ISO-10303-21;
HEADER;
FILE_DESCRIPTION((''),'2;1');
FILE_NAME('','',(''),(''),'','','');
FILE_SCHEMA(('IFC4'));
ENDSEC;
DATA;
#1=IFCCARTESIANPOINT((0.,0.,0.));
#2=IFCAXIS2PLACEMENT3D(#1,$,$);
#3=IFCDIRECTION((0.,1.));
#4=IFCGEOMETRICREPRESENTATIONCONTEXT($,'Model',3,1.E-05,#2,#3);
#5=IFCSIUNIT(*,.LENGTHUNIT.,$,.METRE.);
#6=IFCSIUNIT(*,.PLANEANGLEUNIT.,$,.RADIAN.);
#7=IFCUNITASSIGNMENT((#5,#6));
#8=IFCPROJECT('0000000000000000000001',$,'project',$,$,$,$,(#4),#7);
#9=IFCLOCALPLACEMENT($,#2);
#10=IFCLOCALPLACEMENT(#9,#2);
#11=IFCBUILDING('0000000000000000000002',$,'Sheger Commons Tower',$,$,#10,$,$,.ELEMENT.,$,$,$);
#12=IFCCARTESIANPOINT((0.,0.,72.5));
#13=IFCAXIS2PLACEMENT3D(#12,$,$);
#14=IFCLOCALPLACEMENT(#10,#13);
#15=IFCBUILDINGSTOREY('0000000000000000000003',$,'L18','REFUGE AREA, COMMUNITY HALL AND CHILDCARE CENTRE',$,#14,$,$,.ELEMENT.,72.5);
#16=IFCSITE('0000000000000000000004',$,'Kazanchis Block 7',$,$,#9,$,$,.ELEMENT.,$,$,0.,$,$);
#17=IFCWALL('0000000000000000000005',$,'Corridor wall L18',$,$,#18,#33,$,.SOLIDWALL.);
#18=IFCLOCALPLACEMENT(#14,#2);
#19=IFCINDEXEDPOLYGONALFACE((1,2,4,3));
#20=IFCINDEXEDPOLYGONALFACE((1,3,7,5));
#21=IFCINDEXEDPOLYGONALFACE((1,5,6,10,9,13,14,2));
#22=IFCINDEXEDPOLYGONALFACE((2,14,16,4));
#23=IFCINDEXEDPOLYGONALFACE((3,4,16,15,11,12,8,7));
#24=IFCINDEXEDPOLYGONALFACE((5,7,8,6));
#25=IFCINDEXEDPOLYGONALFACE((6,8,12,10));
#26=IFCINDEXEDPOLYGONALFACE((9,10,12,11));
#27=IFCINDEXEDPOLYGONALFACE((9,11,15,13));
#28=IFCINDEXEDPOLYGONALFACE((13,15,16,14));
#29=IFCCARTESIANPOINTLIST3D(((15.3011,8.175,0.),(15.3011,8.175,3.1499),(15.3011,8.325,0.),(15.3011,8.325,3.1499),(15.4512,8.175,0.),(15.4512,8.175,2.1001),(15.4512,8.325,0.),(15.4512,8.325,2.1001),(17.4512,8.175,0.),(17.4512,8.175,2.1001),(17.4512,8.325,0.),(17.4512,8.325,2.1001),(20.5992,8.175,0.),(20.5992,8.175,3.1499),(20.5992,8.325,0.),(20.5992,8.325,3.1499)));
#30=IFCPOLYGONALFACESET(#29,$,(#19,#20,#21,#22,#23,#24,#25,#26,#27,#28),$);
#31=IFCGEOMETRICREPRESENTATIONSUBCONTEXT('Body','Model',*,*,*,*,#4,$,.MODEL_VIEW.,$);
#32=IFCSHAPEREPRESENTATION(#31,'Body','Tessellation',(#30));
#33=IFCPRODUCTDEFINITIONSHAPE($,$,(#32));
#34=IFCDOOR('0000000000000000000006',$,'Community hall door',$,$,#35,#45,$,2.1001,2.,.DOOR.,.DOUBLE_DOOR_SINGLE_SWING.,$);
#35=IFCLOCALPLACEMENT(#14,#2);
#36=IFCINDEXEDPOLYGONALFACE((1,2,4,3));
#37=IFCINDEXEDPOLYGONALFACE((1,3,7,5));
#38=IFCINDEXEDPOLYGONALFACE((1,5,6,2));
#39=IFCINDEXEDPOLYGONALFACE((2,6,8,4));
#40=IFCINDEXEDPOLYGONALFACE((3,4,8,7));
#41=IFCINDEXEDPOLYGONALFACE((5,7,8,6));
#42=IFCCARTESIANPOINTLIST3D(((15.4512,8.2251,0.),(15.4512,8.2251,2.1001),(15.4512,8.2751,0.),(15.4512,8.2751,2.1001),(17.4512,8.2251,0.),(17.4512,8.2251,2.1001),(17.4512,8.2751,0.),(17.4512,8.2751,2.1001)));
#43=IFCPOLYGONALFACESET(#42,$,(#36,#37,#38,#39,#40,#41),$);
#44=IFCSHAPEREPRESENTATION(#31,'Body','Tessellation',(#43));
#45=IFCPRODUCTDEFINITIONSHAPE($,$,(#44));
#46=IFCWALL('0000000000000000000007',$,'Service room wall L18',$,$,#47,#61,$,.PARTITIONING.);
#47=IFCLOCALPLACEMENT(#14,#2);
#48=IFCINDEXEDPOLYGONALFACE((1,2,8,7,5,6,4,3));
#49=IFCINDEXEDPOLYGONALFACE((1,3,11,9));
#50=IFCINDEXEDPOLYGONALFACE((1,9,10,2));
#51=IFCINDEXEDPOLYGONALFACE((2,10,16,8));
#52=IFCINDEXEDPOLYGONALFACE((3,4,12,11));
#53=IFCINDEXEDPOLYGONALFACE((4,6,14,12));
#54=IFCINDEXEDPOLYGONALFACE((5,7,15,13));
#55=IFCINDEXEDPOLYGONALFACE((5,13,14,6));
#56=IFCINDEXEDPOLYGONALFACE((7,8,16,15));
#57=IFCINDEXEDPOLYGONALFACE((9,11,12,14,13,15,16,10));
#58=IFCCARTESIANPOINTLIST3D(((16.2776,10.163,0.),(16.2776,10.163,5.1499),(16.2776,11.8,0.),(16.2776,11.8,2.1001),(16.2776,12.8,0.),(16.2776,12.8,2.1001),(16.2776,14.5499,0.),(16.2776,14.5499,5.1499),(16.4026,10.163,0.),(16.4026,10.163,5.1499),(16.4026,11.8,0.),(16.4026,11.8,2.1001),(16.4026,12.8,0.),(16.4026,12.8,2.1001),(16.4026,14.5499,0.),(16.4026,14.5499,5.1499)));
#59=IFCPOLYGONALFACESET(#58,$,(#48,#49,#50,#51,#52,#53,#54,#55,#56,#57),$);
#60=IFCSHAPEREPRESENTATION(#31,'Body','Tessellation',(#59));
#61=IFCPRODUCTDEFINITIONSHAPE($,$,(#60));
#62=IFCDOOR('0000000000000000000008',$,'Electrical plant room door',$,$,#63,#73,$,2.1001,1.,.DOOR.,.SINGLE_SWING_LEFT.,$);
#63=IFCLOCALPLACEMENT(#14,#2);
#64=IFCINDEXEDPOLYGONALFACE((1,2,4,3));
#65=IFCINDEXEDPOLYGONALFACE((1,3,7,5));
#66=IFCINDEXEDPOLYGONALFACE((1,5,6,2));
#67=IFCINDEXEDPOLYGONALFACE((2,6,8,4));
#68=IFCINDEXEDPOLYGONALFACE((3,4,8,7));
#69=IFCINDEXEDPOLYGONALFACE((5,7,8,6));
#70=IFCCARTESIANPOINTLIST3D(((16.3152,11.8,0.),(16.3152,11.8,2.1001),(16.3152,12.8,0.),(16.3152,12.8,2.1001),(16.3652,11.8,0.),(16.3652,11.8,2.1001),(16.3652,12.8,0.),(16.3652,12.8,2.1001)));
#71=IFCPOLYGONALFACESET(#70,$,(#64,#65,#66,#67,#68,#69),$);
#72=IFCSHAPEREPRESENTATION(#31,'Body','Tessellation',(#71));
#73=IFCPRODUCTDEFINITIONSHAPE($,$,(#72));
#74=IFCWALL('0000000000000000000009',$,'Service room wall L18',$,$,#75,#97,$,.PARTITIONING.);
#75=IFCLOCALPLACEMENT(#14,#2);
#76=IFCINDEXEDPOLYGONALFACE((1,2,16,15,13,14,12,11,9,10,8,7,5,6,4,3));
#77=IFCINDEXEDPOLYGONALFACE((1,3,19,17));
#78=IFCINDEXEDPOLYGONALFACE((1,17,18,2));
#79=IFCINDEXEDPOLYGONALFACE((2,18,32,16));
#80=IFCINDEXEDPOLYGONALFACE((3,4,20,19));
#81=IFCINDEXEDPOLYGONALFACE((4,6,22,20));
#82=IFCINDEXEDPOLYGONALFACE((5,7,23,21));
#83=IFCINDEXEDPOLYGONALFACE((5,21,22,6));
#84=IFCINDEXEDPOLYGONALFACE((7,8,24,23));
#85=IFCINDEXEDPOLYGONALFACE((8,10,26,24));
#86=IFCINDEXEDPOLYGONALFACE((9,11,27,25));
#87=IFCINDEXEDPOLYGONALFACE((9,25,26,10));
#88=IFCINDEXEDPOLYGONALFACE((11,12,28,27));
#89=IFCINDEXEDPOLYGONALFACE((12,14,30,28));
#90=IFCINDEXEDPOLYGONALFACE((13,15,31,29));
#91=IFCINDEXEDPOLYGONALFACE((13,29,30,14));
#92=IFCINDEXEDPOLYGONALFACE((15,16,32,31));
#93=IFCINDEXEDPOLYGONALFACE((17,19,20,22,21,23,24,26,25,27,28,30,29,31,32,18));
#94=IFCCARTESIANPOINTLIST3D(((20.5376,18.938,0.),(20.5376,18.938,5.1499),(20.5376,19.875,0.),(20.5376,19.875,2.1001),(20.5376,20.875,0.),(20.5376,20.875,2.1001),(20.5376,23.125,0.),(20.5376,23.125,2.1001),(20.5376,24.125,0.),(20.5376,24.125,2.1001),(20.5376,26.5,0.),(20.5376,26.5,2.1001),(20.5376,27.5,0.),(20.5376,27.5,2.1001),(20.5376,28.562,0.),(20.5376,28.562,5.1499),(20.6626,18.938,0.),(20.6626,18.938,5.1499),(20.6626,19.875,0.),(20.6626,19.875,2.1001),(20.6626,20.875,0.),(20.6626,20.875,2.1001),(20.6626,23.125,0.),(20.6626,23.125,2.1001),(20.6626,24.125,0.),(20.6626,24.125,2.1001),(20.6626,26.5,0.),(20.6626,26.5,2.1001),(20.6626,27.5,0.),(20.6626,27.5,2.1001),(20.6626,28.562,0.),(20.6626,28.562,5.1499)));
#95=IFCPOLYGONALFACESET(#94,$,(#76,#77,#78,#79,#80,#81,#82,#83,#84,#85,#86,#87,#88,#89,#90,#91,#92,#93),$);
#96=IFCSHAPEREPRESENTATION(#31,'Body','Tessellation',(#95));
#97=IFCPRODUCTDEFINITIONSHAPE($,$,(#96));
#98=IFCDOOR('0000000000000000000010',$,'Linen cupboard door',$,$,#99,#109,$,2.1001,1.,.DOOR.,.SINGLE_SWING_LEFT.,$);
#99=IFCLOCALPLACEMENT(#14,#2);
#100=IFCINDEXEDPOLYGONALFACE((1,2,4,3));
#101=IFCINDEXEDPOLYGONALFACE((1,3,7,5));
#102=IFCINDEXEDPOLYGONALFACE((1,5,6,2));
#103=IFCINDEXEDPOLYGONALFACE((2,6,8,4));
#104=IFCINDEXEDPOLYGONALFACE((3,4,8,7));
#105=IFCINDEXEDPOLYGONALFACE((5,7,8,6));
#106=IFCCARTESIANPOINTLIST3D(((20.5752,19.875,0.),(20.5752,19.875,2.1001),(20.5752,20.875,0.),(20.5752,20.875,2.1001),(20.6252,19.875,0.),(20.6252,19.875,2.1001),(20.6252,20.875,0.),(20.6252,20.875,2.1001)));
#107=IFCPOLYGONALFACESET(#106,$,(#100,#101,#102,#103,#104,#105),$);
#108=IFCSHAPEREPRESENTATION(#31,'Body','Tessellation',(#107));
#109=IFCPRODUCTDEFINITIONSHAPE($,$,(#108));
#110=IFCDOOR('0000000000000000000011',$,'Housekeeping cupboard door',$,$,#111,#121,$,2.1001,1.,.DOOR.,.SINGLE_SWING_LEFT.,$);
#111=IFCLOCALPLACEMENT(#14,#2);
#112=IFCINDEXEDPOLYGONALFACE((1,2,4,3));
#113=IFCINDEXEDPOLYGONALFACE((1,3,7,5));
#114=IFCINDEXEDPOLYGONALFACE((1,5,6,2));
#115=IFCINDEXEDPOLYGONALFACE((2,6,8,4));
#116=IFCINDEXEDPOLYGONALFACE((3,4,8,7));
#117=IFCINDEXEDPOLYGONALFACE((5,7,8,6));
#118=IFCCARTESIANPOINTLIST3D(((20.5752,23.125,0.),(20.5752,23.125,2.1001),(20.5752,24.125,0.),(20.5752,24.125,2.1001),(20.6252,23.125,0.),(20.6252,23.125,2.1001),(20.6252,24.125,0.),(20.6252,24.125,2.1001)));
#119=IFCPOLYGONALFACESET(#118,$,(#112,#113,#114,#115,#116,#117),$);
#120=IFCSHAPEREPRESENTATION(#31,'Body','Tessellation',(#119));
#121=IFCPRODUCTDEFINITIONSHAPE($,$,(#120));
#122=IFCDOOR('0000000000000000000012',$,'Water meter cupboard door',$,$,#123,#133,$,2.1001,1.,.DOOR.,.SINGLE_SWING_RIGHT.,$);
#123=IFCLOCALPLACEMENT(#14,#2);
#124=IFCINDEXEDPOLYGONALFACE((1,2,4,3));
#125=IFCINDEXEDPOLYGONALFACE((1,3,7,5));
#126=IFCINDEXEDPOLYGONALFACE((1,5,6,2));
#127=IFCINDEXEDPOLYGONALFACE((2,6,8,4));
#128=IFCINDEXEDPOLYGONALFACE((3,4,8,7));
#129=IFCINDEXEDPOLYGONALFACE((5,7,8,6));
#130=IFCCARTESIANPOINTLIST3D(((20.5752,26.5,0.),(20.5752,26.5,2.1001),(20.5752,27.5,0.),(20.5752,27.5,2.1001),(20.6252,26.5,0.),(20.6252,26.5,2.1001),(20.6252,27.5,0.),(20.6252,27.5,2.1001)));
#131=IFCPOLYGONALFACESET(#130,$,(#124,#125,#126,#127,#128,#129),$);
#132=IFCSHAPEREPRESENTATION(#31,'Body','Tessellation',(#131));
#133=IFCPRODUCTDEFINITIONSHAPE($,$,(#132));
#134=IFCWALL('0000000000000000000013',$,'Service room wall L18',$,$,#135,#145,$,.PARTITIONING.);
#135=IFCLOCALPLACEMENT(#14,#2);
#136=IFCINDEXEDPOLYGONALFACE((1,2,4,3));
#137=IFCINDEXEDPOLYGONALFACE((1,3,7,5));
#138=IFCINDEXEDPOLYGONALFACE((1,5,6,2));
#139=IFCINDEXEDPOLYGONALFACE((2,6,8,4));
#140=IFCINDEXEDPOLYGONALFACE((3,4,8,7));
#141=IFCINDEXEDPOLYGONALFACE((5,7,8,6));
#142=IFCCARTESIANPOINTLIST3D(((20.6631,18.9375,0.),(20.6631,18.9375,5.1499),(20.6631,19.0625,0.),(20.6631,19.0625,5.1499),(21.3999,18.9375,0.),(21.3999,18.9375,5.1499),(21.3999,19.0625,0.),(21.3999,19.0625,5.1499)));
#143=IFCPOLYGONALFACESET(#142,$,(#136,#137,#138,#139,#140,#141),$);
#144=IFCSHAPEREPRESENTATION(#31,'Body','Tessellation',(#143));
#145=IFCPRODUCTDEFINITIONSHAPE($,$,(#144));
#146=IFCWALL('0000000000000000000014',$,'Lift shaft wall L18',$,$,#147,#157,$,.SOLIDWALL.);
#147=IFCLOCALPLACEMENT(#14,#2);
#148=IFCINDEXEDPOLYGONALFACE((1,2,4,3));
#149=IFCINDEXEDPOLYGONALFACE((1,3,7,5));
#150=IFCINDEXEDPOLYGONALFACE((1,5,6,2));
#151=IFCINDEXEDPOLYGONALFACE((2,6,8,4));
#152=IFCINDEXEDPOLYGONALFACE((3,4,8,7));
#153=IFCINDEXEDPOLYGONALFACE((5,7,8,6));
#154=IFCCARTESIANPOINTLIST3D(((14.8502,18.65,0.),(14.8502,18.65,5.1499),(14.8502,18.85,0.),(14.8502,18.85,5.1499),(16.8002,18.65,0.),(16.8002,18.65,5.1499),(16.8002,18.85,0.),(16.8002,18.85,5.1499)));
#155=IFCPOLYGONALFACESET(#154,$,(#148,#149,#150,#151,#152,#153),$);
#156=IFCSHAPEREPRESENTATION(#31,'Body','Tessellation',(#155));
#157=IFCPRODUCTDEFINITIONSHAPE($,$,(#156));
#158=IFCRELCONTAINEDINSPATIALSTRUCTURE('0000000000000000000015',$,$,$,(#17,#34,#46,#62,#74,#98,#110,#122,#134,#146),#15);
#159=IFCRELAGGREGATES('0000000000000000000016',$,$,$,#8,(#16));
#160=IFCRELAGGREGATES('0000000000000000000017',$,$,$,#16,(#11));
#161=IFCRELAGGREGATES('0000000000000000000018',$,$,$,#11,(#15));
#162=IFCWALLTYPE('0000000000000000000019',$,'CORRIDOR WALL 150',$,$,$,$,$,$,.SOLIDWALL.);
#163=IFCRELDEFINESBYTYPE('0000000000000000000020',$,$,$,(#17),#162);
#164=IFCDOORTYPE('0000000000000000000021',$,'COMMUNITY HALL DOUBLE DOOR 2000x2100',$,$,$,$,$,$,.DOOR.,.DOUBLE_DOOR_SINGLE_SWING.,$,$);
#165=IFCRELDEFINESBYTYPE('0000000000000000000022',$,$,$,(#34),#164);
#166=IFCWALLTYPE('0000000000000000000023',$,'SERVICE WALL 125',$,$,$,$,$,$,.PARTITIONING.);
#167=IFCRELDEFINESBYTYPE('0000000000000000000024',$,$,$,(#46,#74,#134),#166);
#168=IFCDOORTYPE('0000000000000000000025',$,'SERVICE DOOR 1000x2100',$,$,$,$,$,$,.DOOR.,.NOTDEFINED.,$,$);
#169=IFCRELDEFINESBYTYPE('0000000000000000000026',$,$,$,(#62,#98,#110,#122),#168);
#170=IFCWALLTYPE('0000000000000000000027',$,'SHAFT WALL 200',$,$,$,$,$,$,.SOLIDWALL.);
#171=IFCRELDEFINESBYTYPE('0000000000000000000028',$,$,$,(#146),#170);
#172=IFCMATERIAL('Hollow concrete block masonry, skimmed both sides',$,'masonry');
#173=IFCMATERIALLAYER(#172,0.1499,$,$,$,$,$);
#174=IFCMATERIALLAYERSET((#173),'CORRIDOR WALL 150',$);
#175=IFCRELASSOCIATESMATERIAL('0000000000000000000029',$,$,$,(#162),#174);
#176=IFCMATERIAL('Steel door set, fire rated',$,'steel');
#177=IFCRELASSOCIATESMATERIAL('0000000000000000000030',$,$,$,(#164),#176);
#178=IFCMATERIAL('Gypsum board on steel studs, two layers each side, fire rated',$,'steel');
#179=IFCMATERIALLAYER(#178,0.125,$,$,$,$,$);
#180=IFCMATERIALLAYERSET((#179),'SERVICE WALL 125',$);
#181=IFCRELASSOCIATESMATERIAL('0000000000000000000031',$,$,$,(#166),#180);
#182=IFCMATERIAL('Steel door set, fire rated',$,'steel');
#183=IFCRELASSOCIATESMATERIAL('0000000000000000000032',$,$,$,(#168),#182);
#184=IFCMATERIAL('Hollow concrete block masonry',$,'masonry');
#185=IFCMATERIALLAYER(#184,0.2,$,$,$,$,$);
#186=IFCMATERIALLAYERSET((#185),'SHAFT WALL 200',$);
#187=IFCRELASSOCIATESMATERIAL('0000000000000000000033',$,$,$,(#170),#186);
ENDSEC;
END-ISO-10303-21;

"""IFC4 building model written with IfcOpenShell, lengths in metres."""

from ifc_helpers import new_model, si_unit, direction, frame, frame_2d, origin, place, context, subcontext, project, spatial, rectangle, extrude, material, layer, layer_set, type_object, element, fill, save


model = new_model("IFC4")

# Units and contexts
model_context = context("Model", 3, precision=1e-05, world=origin(), true_north=direction((0.0, 1.0)))
body_context = subcontext(model_context, "Body", "Model", "MODEL_VIEW")
ifc_project = project(units=[si_unit("LENGTHUNIT", "METRE"), si_unit("PLANEANGLEUNIT", "RADIAN")], contexts=[model_context])

# Site, building, storey
site_placement = place(None, origin())
site = spatial("IfcSite", under=ifc_project, at=site_placement, Name="Kazanchis Block 7", CompositionType="ELEMENT", RefElevation=0.0)
building_placement = place(site_placement, origin())
building = spatial("IfcBuilding", under=site, at=building_placement, Name="Sheger Commons Tower", CompositionType="ELEMENT")
storey_placement = place(building_placement, frame((0.0, 0.0, 72.5)))
storey = spatial("IfcBuildingStorey", under=building, at=storey_placement, Name="L18", Description="REFUGE AREA, COMMUNITY HALL AND CHILDCARE CENTRE", CompositionType="ELEMENT", Elevation=72.5)

# Walls, openings, doors
ifc_material_1 = material(Name="Hollow concrete block masonry, skimmed both sides", Category="masonry")
ifc_layer_1 = layer(ifc_material_1, 0.1499)
ifc_layer_set_1 = layer_set([ifc_layer_1], Name="CORRIDOR WALL 150")
wall_type_1 = type_object("IfcWallType", Name="CORRIDOR WALL 150", PredefinedType="SOLIDWALL", material=ifc_layer_set_1)
wall_1_placement = place(storey_placement, frame((20.5991, 8.25, 0.0), z_axis=(0.0, 0.0, 1.0), x_axis=(-1.0, 0.0, 0.0)))
wall_1 = element("IfcWall", 1, at=wall_1_placement, inside=storey, type_object=wall_type_1, Name="Corridor wall L18", PredefinedType="SOLIDWALL", context=body_context, shape_type="SweptSolid", body=[
    extrude(rectangle(XDim=5.2981, YDim=0.1499, at=frame_2d((2.6489, 0.0))), origin(), (0.0, 0.0, 1.0), 3.1499),
])
opening_1_placement = place(wall_1_placement, frame((3.1479, 0.0, 0.0)))
opening_1 = element("IfcOpeningElement", 2, at=opening_1_placement, cuts=wall_1, PredefinedType="OPENING", context=body_context, shape_type="SweptSolid", body=[
    extrude(rectangle(XDim=2.0, YDim=2.1001, at=frame_2d((1.0, 1.05))), frame((0.0, 0.085, 0.0), z_axis=(0.0, -1.0, 0.0), x_axis=(1.0, 0.0, 0.0)), (0.0, 0.0, 1.0), 0.1699),
])
ifc_material_2 = material(Name="Steel door set, fire rated", Category="steel")
door_type_1 = type_object("IfcDoorType", Name="COMMUNITY HALL DOUBLE DOOR 2000x2100", OperationType="DOUBLE_DOOR_SINGLE_SWING", PredefinedType="DOOR", material=ifc_material_2)
door_1_placement = place(opening_1_placement, origin())
door_1 = element("IfcDoor", 3, at=door_1_placement, inside=storey, type_object=door_type_1, Name="Community hall door", OperationType="DOUBLE_DOOR_SINGLE_SWING", OverallHeight=2.1001, OverallWidth=2.0, PredefinedType="DOOR", context=body_context, shape_type="SweptSolid", body=[
    extrude(rectangle(XDim=2.0, YDim=2.1001, at=frame_2d((1.0, 1.05))), frame((0.0, 0.0249, 0.0), z_axis=(0.0, -1.0, 0.0), x_axis=(1.0, 0.0, 0.0)), (0.0, 0.0, 1.0), 0.05),
])
fill(opening_1, door_1)
ifc_material_3 = material(Name="Gypsum board on steel studs, two layers each side, fire rated", Category="steel")
ifc_layer_2 = layer(ifc_material_3, 0.125)
ifc_layer_set_2 = layer_set([ifc_layer_2], Name="SERVICE WALL 125")
wall_type_2 = type_object("IfcWallType", Name="SERVICE WALL 125", PredefinedType="PARTITIONING", material=ifc_layer_set_2)
wall_2_placement = place(storey_placement, frame((16.3401, 10.1631, 0.0), z_axis=(0.0, 0.0, 1.0), x_axis=(0.0, 1.0, 0.0)))
wall_2 = element("IfcWall", 4, at=wall_2_placement, inside=storey, type_object=wall_type_2, Name="Service room wall L18", PredefinedType="PARTITIONING", context=body_context, shape_type="SweptSolid", body=[
    extrude(rectangle(XDim=4.387, YDim=0.125, at=frame_2d((2.1934, 0.0))), origin(), (0.0, 0.0, 1.0), 5.1499),
])
opening_2_placement = place(wall_2_placement, frame((1.637, 0.0, 0.0)))
opening_2 = element("IfcOpeningElement", 5, at=opening_2_placement, cuts=wall_2, PredefinedType="OPENING", context=body_context, shape_type="SweptSolid", body=[
    extrude(rectangle(XDim=1.0, YDim=2.1001, at=frame_2d((0.5, 1.05))), frame((0.0, 0.0725, 0.0), z_axis=(0.0, -1.0, 0.0), x_axis=(1.0, 0.0, 0.0)), (0.0, 0.0, 1.0), 0.145),
])
ifc_material_4 = material(Name="Steel door set, fire rated", Category="steel")
door_type_2 = type_object("IfcDoorType", Name="SERVICE DOOR 1000x2100", OperationType="NOTDEFINED", PredefinedType="DOOR", material=ifc_material_4)
door_2_placement = place(opening_2_placement, origin())
door_2 = element("IfcDoor", 6, at=door_2_placement, inside=storey, type_object=door_type_2, Name="Electrical plant room door", OperationType="SINGLE_SWING_LEFT", OverallHeight=2.1001, OverallWidth=1.0, PredefinedType="DOOR", context=body_context, shape_type="SweptSolid", body=[
    extrude(rectangle(XDim=1.0, YDim=2.1001, at=frame_2d((0.5, 1.05))), frame((0.0, 0.0249, 0.0), z_axis=(0.0, -1.0, 0.0), x_axis=(1.0, 0.0, 0.0)), (0.0, 0.0, 1.0), 0.05),
])
fill(opening_2, door_2)

# Wall, openings, doors
wall_3_placement = place(storey_placement, frame((20.6001, 18.938, 0.0), z_axis=(0.0, 0.0, 1.0), x_axis=(0.0, 1.0, 0.0)))
wall_3 = element("IfcWall", 7, at=wall_3_placement, inside=storey, type_object=wall_type_2, Name="Service room wall L18", PredefinedType="PARTITIONING", context=body_context, shape_type="SweptSolid", body=[
    extrude(rectangle(XDim=9.624, YDim=0.125, at=frame_2d((4.812, 0.0))), origin(), (0.0, 0.0, 1.0), 5.1499),
])
opening_3_placement = place(wall_3_placement, frame((0.937, 0.0, 0.0)))
opening_3 = element("IfcOpeningElement", 8, at=opening_3_placement, cuts=wall_3, PredefinedType="OPENING", context=body_context, shape_type="SweptSolid", body=[
    extrude(rectangle(XDim=1.0, YDim=2.1001, at=frame_2d((0.5, 1.05))), frame((0.0, 0.0725, 0.0), z_axis=(0.0, -1.0, 0.0), x_axis=(1.0, 0.0, 0.0)), (0.0, 0.0, 1.0), 0.145),
])
opening_4_placement = place(wall_3_placement, frame((4.187, 0.0, 0.0)))
opening_4 = element("IfcOpeningElement", 9, at=opening_4_placement, cuts=wall_3, PredefinedType="OPENING", context=body_context, shape_type="SweptSolid", body=[
    extrude(rectangle(XDim=1.0, YDim=2.1001, at=frame_2d((0.5, 1.05))), frame((0.0, 0.0725, 0.0), z_axis=(0.0, -1.0, 0.0), x_axis=(1.0, 0.0, 0.0)), (0.0, 0.0, 1.0), 0.145),
])
opening_5_placement = place(wall_3_placement, frame((7.562, 0.0, 0.0)))
opening_5 = element("IfcOpeningElement", 10, at=opening_5_placement, cuts=wall_3, PredefinedType="OPENING", context=body_context, shape_type="SweptSolid", body=[
    extrude(rectangle(XDim=1.0, YDim=2.1001, at=frame_2d((0.5, 1.05))), frame((0.0, 0.0725, 0.0), z_axis=(0.0, -1.0, 0.0), x_axis=(1.0, 0.0, 0.0)), (0.0, 0.0, 1.0), 0.145),
])
door_3_placement = place(opening_3_placement, origin())
door_3 = element("IfcDoor", 11, at=door_3_placement, inside=storey, type_object=door_type_2, Name="Linen cupboard door", OperationType="SINGLE_SWING_LEFT", OverallHeight=2.1001, OverallWidth=1.0, PredefinedType="DOOR", context=body_context, shape_type="SweptSolid", body=[
    extrude(rectangle(XDim=1.0, YDim=2.1001, at=frame_2d((0.5, 1.05))), frame((0.0, 0.0249, 0.0), z_axis=(0.0, -1.0, 0.0), x_axis=(1.0, 0.0, 0.0)), (0.0, 0.0, 1.0), 0.05),
])
fill(opening_3, door_3)
door_4_placement = place(opening_4_placement, origin())
door_4 = element("IfcDoor", 12, at=door_4_placement, inside=storey, type_object=door_type_2, Name="Housekeeping cupboard door", OperationType="SINGLE_SWING_LEFT", OverallHeight=2.1001, OverallWidth=1.0, PredefinedType="DOOR", context=body_context, shape_type="SweptSolid", body=[
    extrude(rectangle(XDim=1.0, YDim=2.1001, at=frame_2d((0.5, 1.05))), frame((0.0, 0.0249, 0.0), z_axis=(0.0, -1.0, 0.0), x_axis=(1.0, 0.0, 0.0)), (0.0, 0.0, 1.0), 0.05),
])
fill(opening_4, door_4)
door_5_placement = place(opening_5_placement, origin())
door_5 = element("IfcDoor", 13, at=door_5_placement, inside=storey, type_object=door_type_2, Name="Water meter cupboard door", OperationType="SINGLE_SWING_RIGHT", OverallHeight=2.1001, OverallWidth=1.0, PredefinedType="DOOR", context=body_context, shape_type="SweptSolid", body=[
    extrude(rectangle(XDim=1.0, YDim=2.1001, at=frame_2d((0.5, 1.05))), frame((0.0, 0.0249, 0.0), z_axis=(0.0, -1.0, 0.0), x_axis=(1.0, 0.0, 0.0)), (0.0, 0.0, 1.0), 0.05),
])
fill(opening_5, door_5)

# Walls
wall_4_placement = place(storey_placement, frame((20.6631, 19.0, 0.0), z_axis=(0.0, 0.0, 1.0), x_axis=(1.0, 0.0, 0.0)))
element("IfcWall", 14, at=wall_4_placement, inside=storey, type_object=wall_type_2, Name="Service room wall L18", PredefinedType="PARTITIONING", context=body_context, shape_type="SweptSolid", body=[
    extrude(rectangle(XDim=0.7368, YDim=0.125, at=frame_2d((0.3684, 0.0))), origin(), (0.0, 0.0, 1.0), 5.1499),
])
ifc_material_5 = material(Name="Hollow concrete block masonry", Category="masonry")
ifc_layer_3 = layer(ifc_material_5, 0.2)
ifc_layer_set_3 = layer_set([ifc_layer_3], Name="SHAFT WALL 200")
wall_type_3 = type_object("IfcWallType", Name="SHAFT WALL 200", PredefinedType="SOLIDWALL", material=ifc_layer_set_3)
wall_5_placement = place(storey_placement, frame((14.8501, 18.75, 0.0), z_axis=(0.0, 0.0, 1.0), x_axis=(1.0, 0.0, 0.0)))
element("IfcWall", 15, at=wall_5_placement, inside=storey, type_object=wall_type_3, Name="Lift shaft wall L18", PredefinedType="SOLIDWALL", context=body_context, shape_type="SweptSolid", body=[
    extrude(rectangle(XDim=1.95, YDim=0.2, at=frame_2d((0.9751, 0.0))), origin(), (0.0, 0.0, 1.0), 5.1499),
])

save(model, "model.ifc")
